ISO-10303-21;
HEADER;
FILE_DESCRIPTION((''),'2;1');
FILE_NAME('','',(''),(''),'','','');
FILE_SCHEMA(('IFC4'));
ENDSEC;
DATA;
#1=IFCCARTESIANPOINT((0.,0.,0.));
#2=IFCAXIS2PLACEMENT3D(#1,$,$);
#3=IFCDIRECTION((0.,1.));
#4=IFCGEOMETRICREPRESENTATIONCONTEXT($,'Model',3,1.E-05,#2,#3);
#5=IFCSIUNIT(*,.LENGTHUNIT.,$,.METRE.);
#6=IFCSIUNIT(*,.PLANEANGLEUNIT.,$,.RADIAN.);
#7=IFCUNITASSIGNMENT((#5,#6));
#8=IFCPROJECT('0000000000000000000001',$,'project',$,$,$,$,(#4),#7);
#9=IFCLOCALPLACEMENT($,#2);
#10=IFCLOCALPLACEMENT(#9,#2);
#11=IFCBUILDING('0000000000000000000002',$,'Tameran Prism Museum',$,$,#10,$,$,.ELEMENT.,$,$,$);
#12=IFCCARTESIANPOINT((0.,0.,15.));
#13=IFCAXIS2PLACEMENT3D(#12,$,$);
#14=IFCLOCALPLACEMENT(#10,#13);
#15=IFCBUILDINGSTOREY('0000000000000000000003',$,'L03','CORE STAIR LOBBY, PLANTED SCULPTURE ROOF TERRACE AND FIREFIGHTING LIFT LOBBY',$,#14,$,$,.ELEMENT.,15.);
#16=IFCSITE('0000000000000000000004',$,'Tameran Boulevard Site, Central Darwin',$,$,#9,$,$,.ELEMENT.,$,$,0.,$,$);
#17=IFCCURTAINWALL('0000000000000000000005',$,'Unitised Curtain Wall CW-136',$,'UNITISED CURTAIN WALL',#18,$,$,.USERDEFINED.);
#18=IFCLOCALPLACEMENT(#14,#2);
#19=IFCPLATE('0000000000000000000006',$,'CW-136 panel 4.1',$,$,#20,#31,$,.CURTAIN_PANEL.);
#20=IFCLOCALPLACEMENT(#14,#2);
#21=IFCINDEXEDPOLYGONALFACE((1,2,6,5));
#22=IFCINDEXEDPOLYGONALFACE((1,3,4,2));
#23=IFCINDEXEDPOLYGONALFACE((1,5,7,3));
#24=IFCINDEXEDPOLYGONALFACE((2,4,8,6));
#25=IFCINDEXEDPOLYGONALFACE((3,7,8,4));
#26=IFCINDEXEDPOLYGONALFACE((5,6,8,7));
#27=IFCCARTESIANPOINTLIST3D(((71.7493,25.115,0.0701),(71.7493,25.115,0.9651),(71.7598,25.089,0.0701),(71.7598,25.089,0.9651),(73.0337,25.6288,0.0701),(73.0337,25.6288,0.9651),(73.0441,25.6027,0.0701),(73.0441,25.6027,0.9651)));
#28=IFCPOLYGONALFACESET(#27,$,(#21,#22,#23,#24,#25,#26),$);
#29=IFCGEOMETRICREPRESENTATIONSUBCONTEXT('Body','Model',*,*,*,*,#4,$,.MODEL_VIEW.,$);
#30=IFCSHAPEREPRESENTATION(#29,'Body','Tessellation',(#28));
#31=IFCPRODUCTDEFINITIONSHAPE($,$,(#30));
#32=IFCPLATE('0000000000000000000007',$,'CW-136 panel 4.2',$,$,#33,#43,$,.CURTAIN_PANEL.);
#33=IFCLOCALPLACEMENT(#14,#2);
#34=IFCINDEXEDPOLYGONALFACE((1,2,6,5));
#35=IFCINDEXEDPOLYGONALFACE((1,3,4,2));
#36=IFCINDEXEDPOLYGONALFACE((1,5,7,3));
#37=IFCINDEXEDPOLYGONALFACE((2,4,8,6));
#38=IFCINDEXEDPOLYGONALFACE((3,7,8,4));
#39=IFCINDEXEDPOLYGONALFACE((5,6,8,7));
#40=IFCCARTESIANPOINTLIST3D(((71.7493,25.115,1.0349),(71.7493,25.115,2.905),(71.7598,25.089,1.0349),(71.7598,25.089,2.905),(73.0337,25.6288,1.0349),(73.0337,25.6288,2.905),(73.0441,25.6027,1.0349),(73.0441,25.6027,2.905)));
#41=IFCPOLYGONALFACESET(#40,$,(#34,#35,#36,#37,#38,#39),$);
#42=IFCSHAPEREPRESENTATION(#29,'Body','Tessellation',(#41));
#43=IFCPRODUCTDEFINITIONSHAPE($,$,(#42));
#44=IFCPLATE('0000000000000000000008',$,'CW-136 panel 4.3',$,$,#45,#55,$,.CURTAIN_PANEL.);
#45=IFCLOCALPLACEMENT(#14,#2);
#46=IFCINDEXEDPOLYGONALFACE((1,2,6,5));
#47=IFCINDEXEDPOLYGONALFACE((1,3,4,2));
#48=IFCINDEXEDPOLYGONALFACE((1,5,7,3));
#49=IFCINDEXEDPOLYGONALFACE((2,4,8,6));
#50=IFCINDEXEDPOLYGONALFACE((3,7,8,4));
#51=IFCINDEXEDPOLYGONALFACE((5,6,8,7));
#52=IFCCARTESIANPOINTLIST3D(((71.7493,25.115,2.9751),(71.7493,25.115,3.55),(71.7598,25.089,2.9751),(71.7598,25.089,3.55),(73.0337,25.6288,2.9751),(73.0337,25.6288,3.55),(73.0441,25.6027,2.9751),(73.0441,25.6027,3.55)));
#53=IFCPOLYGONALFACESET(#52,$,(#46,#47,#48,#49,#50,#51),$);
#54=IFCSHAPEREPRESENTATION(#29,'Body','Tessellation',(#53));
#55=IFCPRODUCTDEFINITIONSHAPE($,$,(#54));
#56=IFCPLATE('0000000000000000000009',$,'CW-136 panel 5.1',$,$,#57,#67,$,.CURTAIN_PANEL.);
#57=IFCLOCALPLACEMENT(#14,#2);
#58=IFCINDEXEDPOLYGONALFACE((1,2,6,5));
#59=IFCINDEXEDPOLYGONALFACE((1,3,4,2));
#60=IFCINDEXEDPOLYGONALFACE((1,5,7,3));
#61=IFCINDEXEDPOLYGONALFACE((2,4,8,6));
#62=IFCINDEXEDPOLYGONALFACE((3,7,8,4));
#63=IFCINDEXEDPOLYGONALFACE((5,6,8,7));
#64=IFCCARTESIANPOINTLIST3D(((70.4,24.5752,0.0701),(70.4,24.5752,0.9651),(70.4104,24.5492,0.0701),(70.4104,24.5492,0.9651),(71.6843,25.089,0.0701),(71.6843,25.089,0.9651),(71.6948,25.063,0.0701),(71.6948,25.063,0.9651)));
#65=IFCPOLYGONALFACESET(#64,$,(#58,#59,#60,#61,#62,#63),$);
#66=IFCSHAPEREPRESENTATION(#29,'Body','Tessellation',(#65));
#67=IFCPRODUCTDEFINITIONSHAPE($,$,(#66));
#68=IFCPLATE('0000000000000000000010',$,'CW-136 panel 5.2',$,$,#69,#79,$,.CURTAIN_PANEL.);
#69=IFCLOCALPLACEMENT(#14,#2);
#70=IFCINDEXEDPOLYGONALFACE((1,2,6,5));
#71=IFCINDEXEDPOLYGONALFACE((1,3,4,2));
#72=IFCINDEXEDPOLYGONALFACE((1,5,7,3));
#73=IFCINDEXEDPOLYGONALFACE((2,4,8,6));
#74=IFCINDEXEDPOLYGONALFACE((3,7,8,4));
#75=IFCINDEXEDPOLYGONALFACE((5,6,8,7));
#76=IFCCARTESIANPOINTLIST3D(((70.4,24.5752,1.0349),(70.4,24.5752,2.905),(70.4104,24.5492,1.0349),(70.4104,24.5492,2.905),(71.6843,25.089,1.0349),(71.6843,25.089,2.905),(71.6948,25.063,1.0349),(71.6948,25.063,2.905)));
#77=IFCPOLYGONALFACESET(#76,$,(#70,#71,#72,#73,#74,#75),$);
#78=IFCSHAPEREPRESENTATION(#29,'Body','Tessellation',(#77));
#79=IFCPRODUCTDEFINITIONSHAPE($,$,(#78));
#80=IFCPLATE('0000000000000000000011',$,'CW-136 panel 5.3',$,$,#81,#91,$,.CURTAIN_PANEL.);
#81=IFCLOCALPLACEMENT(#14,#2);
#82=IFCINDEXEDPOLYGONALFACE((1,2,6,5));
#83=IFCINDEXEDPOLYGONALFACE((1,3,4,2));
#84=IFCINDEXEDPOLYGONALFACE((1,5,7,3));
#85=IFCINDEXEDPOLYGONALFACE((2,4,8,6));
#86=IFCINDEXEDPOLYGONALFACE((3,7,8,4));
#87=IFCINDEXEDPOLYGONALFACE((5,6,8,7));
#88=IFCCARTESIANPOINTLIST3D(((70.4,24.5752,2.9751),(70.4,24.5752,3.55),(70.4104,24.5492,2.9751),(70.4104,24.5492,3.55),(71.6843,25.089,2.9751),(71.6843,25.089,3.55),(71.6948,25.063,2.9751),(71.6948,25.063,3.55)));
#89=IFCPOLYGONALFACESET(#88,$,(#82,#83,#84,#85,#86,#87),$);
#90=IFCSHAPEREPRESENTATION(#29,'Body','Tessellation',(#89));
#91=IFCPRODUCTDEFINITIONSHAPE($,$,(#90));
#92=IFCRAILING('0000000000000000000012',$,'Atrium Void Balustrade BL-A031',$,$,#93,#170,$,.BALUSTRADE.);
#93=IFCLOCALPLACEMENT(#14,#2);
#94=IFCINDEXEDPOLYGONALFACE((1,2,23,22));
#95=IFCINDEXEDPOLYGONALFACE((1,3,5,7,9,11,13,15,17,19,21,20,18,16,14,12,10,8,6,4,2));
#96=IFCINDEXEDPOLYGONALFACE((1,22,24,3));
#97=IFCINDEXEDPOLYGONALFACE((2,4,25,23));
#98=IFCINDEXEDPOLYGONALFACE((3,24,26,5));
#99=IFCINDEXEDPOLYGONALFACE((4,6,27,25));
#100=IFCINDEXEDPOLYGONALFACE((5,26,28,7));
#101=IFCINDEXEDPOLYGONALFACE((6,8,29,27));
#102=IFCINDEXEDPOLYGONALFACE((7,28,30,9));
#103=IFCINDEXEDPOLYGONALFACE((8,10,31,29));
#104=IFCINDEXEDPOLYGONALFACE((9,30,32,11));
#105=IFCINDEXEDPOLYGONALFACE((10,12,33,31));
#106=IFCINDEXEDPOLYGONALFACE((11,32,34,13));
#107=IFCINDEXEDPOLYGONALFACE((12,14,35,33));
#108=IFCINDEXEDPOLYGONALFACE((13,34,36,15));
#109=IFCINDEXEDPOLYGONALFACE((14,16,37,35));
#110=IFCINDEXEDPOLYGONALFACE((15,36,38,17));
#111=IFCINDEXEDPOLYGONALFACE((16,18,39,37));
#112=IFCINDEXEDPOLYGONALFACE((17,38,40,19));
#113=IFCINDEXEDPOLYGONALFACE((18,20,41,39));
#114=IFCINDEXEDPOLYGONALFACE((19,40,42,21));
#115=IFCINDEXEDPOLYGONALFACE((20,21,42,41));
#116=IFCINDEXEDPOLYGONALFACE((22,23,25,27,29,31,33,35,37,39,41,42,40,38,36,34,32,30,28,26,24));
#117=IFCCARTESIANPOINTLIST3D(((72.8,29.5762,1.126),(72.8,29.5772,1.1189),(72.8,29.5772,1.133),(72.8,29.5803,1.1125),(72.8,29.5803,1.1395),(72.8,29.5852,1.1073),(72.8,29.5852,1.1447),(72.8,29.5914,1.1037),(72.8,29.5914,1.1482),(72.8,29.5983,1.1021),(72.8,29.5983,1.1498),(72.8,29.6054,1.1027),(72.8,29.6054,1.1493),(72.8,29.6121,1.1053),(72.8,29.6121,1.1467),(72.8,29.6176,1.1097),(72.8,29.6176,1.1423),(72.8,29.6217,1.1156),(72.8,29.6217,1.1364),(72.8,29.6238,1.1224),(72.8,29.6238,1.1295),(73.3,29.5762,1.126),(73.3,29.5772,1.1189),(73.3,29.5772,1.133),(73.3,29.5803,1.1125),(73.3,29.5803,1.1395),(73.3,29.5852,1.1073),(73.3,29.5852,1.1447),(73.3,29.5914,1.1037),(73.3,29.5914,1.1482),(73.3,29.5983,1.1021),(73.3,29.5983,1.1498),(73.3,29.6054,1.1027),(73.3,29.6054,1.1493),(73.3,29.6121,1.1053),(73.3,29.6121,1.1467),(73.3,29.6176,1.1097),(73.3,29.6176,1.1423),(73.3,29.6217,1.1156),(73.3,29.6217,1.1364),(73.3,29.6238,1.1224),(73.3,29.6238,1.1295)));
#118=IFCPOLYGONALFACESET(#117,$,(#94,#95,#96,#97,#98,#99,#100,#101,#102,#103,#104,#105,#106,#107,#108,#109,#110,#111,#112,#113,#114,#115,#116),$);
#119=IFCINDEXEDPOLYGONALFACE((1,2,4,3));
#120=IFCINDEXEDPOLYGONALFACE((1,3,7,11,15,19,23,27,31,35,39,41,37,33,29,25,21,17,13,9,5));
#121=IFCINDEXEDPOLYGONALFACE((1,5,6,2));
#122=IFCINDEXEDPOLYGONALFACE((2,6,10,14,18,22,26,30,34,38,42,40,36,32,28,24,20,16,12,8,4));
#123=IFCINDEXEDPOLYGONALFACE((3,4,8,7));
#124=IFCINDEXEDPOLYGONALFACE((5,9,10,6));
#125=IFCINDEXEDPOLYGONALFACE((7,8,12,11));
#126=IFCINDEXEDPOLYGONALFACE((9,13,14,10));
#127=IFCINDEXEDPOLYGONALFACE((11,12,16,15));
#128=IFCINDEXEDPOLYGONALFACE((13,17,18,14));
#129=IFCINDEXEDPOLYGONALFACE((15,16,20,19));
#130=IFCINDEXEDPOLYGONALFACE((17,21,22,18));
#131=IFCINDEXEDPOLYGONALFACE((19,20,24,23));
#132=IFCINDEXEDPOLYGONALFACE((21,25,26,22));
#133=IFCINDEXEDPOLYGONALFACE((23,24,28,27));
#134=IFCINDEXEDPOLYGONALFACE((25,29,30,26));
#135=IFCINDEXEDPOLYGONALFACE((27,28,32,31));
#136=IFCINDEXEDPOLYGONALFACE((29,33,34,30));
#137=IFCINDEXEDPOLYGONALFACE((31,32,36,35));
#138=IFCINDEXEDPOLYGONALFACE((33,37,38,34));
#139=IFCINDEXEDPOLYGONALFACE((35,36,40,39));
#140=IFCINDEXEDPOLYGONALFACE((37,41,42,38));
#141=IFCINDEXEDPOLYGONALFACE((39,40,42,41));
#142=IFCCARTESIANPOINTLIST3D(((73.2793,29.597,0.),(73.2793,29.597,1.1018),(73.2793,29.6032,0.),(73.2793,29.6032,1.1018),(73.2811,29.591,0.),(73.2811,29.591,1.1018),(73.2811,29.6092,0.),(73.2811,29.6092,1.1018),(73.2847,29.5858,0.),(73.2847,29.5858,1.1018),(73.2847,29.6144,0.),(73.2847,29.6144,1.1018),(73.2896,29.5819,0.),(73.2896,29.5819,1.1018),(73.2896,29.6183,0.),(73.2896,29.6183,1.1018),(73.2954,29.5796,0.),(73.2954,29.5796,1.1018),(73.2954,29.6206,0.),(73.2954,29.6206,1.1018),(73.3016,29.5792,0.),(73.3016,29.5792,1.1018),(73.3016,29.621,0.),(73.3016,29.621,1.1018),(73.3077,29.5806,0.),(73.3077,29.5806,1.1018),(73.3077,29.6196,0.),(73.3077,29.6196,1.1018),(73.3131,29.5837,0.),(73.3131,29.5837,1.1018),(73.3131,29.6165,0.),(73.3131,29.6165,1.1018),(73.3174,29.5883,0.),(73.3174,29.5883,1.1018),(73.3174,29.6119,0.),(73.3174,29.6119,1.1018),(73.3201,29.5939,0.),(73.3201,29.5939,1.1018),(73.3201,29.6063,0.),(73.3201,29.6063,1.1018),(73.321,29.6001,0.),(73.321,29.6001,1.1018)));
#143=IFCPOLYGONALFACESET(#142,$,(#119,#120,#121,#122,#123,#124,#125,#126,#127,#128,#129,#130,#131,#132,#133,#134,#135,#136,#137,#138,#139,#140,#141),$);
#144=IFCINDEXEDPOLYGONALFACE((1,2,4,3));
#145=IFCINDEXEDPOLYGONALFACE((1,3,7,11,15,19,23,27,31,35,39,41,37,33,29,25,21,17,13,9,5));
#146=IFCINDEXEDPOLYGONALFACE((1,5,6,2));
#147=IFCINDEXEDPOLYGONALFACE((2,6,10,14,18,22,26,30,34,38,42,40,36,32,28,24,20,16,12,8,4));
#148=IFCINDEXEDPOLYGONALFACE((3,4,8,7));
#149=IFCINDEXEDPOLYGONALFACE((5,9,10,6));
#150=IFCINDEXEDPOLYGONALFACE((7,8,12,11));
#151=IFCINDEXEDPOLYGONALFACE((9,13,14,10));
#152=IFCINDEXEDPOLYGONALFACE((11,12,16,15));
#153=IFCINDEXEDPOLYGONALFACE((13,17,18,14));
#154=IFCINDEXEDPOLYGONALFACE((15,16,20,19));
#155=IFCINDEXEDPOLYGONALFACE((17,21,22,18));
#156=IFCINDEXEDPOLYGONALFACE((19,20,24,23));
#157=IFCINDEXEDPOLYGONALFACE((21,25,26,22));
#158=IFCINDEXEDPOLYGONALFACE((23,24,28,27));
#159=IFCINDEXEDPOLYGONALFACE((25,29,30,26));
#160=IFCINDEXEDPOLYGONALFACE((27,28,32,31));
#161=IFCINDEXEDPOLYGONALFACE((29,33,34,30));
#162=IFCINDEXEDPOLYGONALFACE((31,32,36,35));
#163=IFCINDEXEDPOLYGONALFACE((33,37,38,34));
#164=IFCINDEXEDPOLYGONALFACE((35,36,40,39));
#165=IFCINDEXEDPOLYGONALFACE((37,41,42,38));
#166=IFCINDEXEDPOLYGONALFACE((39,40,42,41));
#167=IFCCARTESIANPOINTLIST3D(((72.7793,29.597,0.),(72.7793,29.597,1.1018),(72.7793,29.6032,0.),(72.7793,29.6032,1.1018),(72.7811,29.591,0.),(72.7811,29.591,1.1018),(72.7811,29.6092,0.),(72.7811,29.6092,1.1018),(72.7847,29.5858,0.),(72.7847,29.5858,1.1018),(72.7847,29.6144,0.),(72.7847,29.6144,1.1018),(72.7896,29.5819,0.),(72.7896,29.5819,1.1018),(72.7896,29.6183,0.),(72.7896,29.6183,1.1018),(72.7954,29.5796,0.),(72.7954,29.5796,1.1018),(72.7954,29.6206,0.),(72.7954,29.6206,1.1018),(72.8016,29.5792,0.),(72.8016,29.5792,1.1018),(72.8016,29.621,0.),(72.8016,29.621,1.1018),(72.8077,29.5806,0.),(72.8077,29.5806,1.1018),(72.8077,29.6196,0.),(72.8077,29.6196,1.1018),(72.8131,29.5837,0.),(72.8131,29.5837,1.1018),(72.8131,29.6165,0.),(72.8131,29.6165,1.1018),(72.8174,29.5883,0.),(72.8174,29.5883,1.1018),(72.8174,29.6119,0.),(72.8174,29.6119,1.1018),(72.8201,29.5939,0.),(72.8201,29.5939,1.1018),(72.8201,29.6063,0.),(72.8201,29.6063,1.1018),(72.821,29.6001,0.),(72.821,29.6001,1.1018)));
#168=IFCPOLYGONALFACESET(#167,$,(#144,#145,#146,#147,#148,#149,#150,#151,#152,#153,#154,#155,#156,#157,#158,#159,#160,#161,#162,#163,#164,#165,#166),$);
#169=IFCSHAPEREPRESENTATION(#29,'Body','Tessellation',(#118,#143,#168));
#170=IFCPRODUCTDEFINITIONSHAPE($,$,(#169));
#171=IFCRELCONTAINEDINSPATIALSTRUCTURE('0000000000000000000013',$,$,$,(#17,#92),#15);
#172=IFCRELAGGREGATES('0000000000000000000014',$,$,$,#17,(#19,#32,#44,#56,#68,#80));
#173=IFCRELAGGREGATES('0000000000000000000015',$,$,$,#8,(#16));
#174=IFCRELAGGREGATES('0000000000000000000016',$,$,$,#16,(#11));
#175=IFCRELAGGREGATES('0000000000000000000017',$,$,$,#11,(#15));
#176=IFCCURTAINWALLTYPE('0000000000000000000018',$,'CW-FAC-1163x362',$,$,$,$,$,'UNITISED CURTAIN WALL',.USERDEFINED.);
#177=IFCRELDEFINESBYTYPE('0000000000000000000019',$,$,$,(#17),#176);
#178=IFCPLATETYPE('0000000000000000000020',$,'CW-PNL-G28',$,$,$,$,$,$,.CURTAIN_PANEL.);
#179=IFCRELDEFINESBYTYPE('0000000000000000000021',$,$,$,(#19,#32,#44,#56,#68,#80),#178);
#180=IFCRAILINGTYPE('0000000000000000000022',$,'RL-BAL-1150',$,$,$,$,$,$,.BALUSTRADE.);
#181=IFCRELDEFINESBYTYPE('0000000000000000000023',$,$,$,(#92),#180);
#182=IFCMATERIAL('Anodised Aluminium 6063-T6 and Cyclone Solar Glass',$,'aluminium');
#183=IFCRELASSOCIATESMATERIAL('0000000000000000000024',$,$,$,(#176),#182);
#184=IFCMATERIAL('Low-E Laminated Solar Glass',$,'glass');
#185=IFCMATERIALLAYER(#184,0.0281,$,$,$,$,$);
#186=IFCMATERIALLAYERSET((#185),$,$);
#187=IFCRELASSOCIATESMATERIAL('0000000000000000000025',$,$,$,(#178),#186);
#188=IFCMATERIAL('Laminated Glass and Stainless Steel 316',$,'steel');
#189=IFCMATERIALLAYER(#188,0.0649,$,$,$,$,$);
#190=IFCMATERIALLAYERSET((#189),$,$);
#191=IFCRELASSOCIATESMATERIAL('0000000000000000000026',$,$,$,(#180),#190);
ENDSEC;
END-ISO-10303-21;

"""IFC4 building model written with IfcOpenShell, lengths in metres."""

from ifc_helpers import new_model, si_unit, direction, frame, origin, origin_2d, place, context, subcontext, project, spatial, rectangle, circle, extrude, material, layer, layer_set, type_object, element, aggregate, save


model = new_model("IFC4")

# Units and contexts
model_context = context("Model", 3, precision=1e-05, world=origin(), true_north=direction((0.0, 1.0)))
body_context = subcontext(model_context, "Body", "Model", "MODEL_VIEW")
ifc_project = project(units=[si_unit("LENGTHUNIT", "METRE"), si_unit("PLANEANGLEUNIT", "RADIAN")], contexts=[model_context])

# Site, building, storey
site_placement = place(None, origin())
site = spatial("IfcSite", under=ifc_project, at=site_placement, Name="Tameran Boulevard Site, Central Darwin", CompositionType="ELEMENT", RefElevation=0.0)
building_placement = place(site_placement, origin())
building = spatial("IfcBuilding", under=site, at=building_placement, Name="Tameran Prism Museum", CompositionType="ELEMENT")
storey_placement = place(building_placement, frame((0.0, 0.0, 15.0)))
storey = spatial("IfcBuildingStorey", under=building, at=storey_placement, Name="L03", Description="CORE STAIR LOBBY, PLANTED SCULPTURE ROOF TERRACE AND FIREFIGHTING LIFT LOBBY", CompositionType="ELEMENT", Elevation=15.0)

# Curtain wall, plates
ifc_material_1 = material(Name="Anodised Aluminium 6063-T6 and Cyclone Solar Glass", Category="aluminium")
curtain_wall_type = type_object("IfcCurtainWallType", Name="CW-FAC-1163x362", ElementType="UNITISED CURTAIN WALL", PredefinedType="USERDEFINED", material=ifc_material_1)
curtain_wall_placement = place(storey_placement, origin())
curtain_wall = element("IfcCurtainWall", 1, at=curtain_wall_placement, inside=storey, type_object=curtain_wall_type, Name="Unitised Curtain Wall CW-136", ObjectType="UNITISED CURTAIN WALL", PredefinedType="USERDEFINED")
ifc_material_2 = material(Name="Low-E Laminated Solar Glass", Category="glass")
ifc_layer_1 = layer(ifc_material_2, 0.0281)
ifc_layer_set_1 = layer_set([ifc_layer_1])
plate_type = type_object("IfcPlateType", Name="CW-PNL-G28", PredefinedType="CURTAIN_PANEL", material=ifc_layer_set_1)
plate_1_placement = place(storey_placement, frame((72.3967, 25.3589, 0.0701), z_axis=(0.0, 0.0, 1.0), x_axis=(-0.928465, -0.37142, 0.0)))
plate_1 = element("IfcPlate", 2, at=plate_1_placement, type_object=plate_type, Name="CW-136 panel 4.1", PredefinedType="CURTAIN_PANEL", context=body_context, shape_type="SweptSolid", body=[
    extrude(rectangle(XDim=1.3833, YDim=0.0281, at=origin_2d()), origin(), (0.0, 0.0, 1.0), 0.895),
])
plate_2_placement = place(storey_placement, frame((72.3967, 25.3589, 1.0349), z_axis=(0.0, 0.0, 1.0), x_axis=(-0.928465, -0.37142, 0.0)))
plate_2 = element("IfcPlate", 3, at=plate_2_placement, type_object=plate_type, Name="CW-136 panel 4.2", PredefinedType="CURTAIN_PANEL", context=body_context, shape_type="SweptSolid", body=[
    extrude(rectangle(XDim=1.3833, YDim=0.0281, at=origin_2d()), origin(), (0.0, 0.0, 1.0), 1.8701),
])
plate_3_placement = place(storey_placement, frame((72.3967, 25.3589, 2.9751), z_axis=(0.0, 0.0, 1.0), x_axis=(-0.928465, -0.37142, 0.0)))
plate_3 = element("IfcPlate", 4, at=plate_3_placement, type_object=plate_type, Name="CW-136 panel 4.3", PredefinedType="CURTAIN_PANEL", context=body_context, shape_type="SweptSolid", body=[
    extrude(rectangle(XDim=1.3833, YDim=0.0281, at=origin_2d()), origin(), (0.0, 0.0, 1.0), 0.575),
])
plate_4_placement = place(storey_placement, frame((71.0474, 24.8191, 0.0701), z_axis=(0.0, 0.0, 1.0), x_axis=(-0.928465, -0.37142, 0.0)))
plate_4 = element("IfcPlate", 5, at=plate_4_placement, type_object=plate_type, Name="CW-136 panel 5.1", PredefinedType="CURTAIN_PANEL", context=body_context, shape_type="SweptSolid", body=[
    extrude(rectangle(XDim=1.3833, YDim=0.0281, at=origin_2d()), origin(), (0.0, 0.0, 1.0), 0.895),
])
plate_5_placement = place(storey_placement, frame((71.0474, 24.8191, 1.0349), z_axis=(0.0, 0.0, 1.0), x_axis=(-0.928465, -0.37142, 0.0)))
plate_5 = element("IfcPlate", 6, at=plate_5_placement, type_object=plate_type, Name="CW-136 panel 5.2", PredefinedType="CURTAIN_PANEL", context=body_context, shape_type="SweptSolid", body=[
    extrude(rectangle(XDim=1.3833, YDim=0.0281, at=origin_2d()), origin(), (0.0, 0.0, 1.0), 1.8701),
])
plate_6_placement = place(storey_placement, frame((71.0474, 24.8191, 2.9751), z_axis=(0.0, 0.0, 1.0), x_axis=(-0.928465, -0.37142, 0.0)))
plate_6 = element("IfcPlate", 7, at=plate_6_placement, type_object=plate_type, Name="CW-136 panel 5.3", PredefinedType="CURTAIN_PANEL", context=body_context, shape_type="SweptSolid", body=[
    extrude(rectangle(XDim=1.3833, YDim=0.0281, at=origin_2d()), origin(), (0.0, 0.0, 1.0), 0.575),
])
aggregate(curtain_wall, [plate_1, plate_2, plate_3, plate_4, plate_5, plate_6])

# Railing
ifc_material_3 = material(Name="Laminated Glass and Stainless Steel 316", Category="steel")
ifc_layer_2 = layer(ifc_material_3, 0.0649)
ifc_layer_set_2 = layer_set([ifc_layer_2])
railing_type = type_object("IfcRailingType", Name="RL-BAL-1150", PredefinedType="BALUSTRADE", material=ifc_layer_set_2)
railing_1_placement = place(storey_placement, frame((73.3, 29.6001, 0.0)))
element("IfcRailing", 8, at=railing_1_placement, inside=storey, type_object=railing_type, Name="Atrium Void Balustrade BL-A031", PredefinedType="BALUSTRADE", context=body_context, shape_type="SweptSolid", body=[
    extrude(circle(Radius=0.0239, at=origin_2d()), frame((0.0, 0.0, 1.126), z_axis=(-1.0, 0.0, 0.0), x_axis=(0.0, -1.0, 0.0)), (0.0, 0.0, 1.0), 0.5),
    extrude(circle(Radius=0.021, at=origin_2d()), origin(), (0.0, 0.0, 1.0), 1.1018),
    extrude(circle(Radius=0.021, at=origin_2d()), frame((-0.5, 0.0, 0.0)), (0.0, 0.0, 1.0), 1.1018),
])

save(model, "model.ifc")
